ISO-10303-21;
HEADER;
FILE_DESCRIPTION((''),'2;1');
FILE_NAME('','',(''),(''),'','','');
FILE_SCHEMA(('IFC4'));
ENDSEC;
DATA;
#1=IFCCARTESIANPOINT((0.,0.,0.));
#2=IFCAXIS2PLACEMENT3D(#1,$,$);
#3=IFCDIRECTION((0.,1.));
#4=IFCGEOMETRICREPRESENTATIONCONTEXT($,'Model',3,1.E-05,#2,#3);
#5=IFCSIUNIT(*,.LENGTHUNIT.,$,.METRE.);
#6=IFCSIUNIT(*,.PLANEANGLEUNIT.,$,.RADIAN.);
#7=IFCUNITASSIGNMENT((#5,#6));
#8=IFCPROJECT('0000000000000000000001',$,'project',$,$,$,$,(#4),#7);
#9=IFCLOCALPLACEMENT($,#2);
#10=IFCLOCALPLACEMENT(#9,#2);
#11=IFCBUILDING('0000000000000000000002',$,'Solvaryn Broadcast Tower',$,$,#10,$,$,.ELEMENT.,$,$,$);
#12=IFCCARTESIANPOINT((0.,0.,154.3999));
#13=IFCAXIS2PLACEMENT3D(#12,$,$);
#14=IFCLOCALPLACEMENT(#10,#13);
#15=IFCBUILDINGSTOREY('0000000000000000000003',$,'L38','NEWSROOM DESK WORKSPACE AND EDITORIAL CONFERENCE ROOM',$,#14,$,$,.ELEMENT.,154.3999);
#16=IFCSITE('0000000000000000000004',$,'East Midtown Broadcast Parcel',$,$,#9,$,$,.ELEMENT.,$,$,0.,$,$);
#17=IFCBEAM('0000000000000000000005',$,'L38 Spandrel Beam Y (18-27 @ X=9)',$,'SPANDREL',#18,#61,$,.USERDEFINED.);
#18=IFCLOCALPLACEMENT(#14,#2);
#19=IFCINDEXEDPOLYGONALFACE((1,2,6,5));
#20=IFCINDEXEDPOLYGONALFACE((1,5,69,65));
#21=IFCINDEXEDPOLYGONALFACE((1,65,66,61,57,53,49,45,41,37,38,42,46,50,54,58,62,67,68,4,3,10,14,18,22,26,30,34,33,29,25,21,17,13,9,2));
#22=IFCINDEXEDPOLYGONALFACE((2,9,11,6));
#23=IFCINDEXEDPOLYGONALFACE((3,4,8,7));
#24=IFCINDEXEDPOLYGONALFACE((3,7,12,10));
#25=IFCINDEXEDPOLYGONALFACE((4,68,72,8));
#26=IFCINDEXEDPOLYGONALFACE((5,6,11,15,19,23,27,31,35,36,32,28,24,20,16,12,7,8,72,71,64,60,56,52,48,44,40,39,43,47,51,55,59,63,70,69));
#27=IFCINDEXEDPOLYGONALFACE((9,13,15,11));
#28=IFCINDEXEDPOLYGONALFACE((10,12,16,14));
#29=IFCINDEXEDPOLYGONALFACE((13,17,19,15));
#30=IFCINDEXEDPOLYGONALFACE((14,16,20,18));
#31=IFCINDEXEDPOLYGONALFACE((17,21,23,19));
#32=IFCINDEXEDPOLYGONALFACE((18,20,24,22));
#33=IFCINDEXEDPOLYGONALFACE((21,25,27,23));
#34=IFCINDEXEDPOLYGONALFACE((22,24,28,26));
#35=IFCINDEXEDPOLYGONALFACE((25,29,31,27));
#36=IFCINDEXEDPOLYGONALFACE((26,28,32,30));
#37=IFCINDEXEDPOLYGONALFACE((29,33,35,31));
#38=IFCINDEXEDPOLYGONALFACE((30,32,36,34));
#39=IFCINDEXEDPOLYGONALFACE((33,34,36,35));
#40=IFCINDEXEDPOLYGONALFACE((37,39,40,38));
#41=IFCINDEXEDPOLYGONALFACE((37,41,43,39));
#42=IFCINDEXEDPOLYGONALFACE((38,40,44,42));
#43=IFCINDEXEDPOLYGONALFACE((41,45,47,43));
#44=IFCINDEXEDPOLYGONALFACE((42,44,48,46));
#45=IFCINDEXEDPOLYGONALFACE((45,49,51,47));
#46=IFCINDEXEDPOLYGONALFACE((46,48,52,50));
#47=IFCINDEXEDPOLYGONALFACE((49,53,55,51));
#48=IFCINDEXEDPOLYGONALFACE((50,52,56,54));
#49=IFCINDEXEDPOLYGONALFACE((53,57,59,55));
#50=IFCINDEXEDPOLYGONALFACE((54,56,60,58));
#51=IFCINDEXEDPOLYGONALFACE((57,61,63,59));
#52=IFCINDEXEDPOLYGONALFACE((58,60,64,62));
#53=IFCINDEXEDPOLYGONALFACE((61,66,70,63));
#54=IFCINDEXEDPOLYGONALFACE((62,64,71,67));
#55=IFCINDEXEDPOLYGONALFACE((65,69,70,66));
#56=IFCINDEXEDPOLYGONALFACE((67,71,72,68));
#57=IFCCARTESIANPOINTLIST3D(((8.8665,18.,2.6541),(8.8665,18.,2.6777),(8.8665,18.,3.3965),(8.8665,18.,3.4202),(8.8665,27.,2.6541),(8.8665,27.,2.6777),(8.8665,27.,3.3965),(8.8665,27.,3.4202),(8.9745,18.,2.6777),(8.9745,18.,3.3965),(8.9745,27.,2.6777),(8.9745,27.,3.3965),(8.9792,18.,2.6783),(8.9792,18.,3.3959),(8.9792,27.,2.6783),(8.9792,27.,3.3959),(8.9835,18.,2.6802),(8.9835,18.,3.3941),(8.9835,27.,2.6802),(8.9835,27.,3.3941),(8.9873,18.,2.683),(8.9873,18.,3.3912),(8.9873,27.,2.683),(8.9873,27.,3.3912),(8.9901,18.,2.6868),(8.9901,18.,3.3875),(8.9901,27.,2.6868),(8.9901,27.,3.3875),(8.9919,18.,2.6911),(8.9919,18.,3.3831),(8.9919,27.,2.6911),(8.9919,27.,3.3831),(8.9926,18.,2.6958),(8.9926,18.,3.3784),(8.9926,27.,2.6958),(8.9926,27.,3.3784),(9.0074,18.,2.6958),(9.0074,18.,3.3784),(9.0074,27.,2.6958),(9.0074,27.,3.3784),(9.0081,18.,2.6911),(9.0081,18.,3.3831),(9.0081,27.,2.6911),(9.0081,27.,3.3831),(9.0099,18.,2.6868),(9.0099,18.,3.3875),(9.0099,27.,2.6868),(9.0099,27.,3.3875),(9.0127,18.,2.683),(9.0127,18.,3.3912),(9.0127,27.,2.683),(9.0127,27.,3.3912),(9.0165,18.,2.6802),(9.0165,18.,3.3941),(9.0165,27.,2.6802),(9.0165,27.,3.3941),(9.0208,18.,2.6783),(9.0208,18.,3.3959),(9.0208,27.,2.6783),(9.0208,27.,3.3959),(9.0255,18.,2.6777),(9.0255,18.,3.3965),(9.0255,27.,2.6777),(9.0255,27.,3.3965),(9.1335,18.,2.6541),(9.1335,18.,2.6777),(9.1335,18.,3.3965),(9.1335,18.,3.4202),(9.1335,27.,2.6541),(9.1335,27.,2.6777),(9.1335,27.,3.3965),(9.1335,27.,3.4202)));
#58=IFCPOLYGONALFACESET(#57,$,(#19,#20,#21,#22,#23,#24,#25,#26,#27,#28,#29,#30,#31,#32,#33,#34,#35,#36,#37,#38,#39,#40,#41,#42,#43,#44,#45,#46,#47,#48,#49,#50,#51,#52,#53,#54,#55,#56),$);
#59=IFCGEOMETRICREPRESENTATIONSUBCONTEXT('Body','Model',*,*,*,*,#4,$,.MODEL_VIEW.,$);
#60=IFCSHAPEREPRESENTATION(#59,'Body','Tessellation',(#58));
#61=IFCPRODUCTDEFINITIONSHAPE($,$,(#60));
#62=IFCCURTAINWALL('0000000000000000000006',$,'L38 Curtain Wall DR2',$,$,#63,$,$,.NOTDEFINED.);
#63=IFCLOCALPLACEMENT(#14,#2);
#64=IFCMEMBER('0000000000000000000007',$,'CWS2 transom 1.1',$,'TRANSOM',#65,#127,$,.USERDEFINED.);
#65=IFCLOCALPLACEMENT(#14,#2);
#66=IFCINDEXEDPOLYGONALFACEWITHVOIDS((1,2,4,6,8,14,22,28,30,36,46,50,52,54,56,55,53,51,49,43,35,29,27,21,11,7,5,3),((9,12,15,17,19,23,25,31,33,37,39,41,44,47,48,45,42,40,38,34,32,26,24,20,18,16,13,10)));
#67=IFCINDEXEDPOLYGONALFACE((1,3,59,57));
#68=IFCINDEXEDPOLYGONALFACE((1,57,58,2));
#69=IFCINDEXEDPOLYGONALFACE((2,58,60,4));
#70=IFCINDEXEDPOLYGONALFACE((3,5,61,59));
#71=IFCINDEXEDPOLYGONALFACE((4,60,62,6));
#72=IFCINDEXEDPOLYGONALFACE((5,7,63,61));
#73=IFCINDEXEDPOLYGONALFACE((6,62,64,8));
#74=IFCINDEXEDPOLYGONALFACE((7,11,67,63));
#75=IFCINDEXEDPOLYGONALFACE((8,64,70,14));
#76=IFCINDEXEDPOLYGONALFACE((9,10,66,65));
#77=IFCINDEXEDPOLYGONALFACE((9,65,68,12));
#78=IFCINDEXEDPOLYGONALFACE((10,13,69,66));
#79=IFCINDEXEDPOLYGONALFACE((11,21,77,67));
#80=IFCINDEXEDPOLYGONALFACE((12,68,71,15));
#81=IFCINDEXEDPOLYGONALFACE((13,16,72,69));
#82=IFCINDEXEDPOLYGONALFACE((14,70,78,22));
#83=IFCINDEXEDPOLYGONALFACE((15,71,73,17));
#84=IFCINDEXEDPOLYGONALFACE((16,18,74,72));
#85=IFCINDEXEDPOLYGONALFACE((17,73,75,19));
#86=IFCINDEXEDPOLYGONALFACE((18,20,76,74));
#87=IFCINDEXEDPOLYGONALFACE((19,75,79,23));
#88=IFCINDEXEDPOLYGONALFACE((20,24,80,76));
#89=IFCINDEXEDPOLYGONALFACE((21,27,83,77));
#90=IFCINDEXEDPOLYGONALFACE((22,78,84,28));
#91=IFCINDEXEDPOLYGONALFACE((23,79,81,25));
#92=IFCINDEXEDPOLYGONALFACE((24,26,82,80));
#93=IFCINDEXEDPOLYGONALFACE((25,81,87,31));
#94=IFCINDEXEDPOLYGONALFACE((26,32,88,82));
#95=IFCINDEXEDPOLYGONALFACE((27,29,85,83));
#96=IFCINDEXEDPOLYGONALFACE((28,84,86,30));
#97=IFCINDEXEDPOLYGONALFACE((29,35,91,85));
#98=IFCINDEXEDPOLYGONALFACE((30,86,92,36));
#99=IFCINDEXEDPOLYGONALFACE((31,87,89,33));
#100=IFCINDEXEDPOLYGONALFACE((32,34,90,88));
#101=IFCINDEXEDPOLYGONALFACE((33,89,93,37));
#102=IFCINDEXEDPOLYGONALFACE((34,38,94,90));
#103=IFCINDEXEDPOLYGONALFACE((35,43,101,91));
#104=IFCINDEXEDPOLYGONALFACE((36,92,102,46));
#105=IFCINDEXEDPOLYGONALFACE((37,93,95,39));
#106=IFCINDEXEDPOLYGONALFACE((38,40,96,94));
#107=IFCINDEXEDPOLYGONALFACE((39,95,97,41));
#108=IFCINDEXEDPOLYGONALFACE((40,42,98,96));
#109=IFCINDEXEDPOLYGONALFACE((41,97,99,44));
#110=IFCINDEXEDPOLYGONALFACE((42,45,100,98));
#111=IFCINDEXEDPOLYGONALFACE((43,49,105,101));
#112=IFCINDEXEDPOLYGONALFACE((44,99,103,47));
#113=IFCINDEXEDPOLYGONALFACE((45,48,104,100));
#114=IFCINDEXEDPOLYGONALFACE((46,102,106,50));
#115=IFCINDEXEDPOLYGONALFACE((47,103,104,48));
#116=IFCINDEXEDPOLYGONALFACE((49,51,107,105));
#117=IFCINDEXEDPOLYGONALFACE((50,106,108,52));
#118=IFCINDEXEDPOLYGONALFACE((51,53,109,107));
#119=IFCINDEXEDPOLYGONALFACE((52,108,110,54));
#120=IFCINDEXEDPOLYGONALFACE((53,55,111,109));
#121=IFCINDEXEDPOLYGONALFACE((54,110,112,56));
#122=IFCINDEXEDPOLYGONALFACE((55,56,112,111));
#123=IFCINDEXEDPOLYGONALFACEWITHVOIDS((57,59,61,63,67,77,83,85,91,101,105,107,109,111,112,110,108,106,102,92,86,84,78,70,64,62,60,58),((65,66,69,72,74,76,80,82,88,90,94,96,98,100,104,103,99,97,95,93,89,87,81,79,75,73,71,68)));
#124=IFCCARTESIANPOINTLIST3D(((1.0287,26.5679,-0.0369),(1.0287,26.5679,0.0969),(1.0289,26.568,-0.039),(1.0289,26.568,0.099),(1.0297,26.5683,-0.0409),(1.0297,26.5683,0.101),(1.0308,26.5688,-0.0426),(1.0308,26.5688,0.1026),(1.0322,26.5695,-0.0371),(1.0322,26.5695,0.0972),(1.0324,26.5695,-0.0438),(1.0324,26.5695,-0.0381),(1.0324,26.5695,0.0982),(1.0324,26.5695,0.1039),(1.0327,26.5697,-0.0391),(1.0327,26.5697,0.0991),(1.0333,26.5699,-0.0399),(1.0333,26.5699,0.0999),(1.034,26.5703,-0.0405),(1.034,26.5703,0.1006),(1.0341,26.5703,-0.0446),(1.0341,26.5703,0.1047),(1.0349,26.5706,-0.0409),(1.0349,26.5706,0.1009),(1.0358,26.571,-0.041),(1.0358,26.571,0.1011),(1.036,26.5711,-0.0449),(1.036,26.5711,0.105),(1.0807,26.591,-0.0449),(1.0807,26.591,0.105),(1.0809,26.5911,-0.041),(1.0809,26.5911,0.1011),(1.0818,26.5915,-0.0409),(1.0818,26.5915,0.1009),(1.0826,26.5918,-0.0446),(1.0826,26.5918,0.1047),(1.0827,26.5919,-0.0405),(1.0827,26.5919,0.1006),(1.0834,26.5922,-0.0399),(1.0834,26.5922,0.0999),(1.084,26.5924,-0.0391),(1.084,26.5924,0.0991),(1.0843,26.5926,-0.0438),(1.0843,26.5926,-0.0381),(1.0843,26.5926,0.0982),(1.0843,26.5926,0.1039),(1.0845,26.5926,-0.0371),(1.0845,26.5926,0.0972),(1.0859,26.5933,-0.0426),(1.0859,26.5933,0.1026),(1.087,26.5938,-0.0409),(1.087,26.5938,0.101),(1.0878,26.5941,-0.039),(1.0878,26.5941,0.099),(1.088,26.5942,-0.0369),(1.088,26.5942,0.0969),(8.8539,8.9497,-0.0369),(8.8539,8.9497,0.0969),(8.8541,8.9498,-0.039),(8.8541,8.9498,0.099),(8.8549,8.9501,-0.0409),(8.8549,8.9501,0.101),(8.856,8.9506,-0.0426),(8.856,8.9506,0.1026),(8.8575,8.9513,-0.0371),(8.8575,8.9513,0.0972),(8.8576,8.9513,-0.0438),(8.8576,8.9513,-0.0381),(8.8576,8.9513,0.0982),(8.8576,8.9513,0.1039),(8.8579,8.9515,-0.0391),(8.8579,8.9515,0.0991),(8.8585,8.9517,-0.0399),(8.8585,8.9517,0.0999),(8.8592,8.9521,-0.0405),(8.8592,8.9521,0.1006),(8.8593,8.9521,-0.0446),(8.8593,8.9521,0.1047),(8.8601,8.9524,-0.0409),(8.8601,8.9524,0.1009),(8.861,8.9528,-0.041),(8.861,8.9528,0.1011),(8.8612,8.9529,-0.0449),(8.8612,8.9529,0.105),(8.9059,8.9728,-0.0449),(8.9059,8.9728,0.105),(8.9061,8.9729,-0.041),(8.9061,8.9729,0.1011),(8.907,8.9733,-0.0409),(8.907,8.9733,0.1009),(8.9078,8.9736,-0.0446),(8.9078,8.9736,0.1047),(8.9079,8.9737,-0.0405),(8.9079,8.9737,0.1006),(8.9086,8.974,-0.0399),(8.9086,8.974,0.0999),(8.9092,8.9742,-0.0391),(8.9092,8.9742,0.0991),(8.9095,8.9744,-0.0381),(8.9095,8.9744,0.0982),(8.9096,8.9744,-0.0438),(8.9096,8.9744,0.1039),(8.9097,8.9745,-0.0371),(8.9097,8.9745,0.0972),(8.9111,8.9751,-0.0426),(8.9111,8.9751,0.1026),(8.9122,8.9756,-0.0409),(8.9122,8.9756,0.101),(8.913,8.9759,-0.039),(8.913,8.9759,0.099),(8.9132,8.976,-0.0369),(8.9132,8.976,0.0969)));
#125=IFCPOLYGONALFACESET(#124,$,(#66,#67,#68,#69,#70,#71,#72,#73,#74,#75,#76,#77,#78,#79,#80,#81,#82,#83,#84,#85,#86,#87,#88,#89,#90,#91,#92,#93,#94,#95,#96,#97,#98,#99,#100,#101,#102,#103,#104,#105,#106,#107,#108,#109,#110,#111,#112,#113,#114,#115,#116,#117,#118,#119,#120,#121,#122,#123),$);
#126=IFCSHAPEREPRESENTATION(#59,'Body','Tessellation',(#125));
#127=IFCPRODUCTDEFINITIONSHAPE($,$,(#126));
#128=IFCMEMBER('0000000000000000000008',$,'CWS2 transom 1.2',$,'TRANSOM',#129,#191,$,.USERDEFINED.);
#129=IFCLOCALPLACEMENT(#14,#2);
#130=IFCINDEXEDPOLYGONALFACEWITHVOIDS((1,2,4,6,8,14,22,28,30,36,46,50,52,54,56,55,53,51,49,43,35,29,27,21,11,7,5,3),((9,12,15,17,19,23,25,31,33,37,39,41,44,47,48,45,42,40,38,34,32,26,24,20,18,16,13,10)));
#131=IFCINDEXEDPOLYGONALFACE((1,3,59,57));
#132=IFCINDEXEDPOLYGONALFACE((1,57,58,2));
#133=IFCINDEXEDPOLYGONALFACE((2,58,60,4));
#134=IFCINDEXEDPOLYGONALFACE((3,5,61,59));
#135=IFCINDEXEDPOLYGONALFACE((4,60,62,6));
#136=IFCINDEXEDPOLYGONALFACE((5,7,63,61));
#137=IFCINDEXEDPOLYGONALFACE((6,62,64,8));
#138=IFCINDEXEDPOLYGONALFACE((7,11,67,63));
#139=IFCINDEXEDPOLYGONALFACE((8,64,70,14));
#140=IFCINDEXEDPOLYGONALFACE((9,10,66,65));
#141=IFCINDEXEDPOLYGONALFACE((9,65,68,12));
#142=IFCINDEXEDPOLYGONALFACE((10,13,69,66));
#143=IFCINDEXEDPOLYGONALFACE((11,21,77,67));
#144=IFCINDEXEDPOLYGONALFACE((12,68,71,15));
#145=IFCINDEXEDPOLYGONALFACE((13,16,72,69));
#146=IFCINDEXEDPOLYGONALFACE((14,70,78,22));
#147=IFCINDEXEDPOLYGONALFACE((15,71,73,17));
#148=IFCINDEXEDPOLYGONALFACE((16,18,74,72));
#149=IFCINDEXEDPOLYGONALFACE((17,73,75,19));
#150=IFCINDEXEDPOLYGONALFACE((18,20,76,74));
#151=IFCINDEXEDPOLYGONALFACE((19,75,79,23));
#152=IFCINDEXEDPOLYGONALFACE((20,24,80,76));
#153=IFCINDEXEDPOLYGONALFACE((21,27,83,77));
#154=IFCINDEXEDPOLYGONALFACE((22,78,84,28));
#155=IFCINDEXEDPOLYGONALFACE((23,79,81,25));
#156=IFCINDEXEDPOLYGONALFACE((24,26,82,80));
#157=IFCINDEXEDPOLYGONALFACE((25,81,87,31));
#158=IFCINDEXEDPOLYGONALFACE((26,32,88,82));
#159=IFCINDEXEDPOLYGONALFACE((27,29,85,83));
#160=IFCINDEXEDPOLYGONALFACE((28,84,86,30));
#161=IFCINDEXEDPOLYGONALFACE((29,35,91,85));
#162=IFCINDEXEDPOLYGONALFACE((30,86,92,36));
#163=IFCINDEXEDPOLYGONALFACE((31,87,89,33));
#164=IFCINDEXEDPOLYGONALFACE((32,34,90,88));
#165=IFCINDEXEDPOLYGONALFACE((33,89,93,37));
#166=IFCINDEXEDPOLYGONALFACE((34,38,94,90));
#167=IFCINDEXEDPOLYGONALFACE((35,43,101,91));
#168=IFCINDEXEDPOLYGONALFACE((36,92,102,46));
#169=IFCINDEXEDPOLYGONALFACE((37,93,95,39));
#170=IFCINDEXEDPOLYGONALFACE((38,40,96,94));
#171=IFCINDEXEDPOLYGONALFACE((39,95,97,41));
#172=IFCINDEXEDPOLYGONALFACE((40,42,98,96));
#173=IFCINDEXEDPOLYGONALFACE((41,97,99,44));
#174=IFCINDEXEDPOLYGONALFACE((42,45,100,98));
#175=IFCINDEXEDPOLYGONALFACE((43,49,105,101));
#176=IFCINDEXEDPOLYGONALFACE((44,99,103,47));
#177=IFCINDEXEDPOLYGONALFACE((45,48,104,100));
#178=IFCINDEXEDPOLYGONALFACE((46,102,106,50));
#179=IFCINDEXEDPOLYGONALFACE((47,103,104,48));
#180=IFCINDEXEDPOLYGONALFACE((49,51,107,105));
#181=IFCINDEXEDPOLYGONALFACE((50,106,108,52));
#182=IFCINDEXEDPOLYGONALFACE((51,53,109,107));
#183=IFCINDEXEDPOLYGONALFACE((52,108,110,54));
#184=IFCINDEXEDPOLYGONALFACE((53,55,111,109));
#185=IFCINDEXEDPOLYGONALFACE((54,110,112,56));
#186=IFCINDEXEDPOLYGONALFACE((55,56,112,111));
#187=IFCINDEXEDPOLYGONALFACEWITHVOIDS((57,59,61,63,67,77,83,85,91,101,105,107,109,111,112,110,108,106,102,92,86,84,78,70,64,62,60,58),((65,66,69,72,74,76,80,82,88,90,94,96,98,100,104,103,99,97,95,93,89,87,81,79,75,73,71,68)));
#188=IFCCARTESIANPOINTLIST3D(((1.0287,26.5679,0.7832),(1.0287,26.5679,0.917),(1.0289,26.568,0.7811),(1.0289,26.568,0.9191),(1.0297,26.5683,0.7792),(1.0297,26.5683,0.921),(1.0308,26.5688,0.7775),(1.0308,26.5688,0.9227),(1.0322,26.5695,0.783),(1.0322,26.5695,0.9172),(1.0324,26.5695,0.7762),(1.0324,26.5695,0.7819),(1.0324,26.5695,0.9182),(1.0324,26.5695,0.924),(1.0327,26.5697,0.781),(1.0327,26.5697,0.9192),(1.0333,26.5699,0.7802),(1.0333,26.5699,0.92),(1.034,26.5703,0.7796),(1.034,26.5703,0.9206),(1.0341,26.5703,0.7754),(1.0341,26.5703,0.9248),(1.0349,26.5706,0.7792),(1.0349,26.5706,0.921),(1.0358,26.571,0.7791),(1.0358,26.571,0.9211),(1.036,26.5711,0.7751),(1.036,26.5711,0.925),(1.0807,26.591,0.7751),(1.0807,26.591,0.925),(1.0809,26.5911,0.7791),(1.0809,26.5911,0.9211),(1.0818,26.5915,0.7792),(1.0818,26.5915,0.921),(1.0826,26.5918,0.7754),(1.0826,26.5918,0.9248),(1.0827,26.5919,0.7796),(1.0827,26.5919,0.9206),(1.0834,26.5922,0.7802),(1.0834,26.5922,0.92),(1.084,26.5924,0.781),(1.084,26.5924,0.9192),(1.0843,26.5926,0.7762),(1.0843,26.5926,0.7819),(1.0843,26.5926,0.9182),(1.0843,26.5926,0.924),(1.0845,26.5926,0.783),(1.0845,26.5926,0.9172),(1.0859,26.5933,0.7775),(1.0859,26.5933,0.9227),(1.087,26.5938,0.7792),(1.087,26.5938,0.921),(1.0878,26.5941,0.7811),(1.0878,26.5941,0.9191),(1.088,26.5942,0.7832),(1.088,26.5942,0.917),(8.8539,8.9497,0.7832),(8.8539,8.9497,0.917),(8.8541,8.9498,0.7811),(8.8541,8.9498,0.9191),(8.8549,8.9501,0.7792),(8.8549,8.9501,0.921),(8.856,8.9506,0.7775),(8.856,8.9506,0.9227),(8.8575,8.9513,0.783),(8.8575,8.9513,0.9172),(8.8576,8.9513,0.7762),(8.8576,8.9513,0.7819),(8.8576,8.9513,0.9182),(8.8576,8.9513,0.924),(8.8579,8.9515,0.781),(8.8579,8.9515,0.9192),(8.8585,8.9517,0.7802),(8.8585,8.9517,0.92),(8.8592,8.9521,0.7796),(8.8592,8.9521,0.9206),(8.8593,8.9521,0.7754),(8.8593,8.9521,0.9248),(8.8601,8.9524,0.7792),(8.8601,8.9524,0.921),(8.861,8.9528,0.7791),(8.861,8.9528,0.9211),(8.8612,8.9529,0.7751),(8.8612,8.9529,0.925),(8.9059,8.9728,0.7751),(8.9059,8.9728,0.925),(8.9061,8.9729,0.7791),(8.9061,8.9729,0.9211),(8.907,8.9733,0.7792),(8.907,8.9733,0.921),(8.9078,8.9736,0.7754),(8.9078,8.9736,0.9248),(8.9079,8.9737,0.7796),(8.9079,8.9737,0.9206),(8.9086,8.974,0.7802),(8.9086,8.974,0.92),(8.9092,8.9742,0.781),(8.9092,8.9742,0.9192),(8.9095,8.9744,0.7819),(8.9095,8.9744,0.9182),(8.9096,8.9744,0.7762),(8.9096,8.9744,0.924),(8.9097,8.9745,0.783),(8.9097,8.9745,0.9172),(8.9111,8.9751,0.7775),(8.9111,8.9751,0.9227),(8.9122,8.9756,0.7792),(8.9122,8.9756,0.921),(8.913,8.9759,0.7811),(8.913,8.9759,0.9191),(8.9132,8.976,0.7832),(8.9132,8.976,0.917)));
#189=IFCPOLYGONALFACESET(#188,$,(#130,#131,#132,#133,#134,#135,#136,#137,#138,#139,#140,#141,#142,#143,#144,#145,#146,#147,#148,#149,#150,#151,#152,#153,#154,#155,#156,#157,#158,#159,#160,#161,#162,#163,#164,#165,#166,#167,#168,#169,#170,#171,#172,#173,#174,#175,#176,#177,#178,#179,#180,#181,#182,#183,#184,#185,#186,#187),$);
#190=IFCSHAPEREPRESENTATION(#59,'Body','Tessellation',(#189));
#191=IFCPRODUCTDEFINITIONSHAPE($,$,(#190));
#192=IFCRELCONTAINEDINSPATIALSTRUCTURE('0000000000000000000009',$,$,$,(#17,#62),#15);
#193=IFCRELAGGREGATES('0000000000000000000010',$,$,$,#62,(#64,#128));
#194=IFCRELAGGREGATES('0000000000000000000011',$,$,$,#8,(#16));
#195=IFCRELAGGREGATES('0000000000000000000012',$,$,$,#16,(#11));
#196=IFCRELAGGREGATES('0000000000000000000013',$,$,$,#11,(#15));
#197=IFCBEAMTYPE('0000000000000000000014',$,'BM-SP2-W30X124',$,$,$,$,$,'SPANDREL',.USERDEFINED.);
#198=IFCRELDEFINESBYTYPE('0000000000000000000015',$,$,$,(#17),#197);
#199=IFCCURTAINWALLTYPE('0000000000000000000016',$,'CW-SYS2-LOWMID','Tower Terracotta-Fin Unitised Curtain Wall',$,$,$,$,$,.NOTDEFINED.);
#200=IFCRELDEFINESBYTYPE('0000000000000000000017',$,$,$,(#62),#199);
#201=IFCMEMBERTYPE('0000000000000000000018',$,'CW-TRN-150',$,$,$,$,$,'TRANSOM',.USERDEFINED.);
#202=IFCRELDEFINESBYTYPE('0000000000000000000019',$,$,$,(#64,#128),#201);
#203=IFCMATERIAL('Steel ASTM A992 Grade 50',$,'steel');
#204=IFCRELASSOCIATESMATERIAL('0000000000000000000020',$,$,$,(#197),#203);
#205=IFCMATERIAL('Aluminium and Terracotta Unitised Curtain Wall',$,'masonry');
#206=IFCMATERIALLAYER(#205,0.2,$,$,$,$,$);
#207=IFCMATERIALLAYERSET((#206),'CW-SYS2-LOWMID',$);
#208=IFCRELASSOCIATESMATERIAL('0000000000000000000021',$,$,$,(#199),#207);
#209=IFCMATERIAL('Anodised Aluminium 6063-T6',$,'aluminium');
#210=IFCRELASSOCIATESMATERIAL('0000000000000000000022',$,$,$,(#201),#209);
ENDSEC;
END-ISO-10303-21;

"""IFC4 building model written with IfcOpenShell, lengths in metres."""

from ifc_helpers import new_model, si_unit, direction, frame, origin, origin_2d, place, context, subcontext, project, spatial, hollow_rectangle, i_section, extrude, material, layer, layer_set, material_profile, profile_set, type_object, element, aggregate, save


model = new_model("IFC4")

# Units and contexts
model_context = context("Model", 3, precision=1e-05, world=origin(), true_north=direction((0.0, 1.0)))
body_context = subcontext(model_context, "Body", "Model", "MODEL_VIEW")
ifc_project = project(units=[si_unit("LENGTHUNIT", "METRE"), si_unit("PLANEANGLEUNIT", "RADIAN")], contexts=[model_context])

# Site, building, storey
site_placement = place(None, origin())
site = spatial("IfcSite", under=ifc_project, at=site_placement, Name="East Midtown Broadcast Parcel", CompositionType="ELEMENT", RefElevation=0.0)
building_placement = place(site_placement, origin())
building = spatial("IfcBuilding", under=site, at=building_placement, Name="Solvaryn Broadcast Tower", CompositionType="ELEMENT")
storey_placement = place(building_placement, frame((0.0, 0.0, 154.3999)))
storey = spatial("IfcBuildingStorey", under=building, at=storey_placement, Name="L38", Description="NEWSROOM DESK WORKSPACE AND EDITORIAL CONFERENCE ROOM", CompositionType="ELEMENT", Elevation=154.3999)

# Beam
ifc_material_1 = material(Name="Steel ASTM A992 Grade 50", Category="steel")
ifc_material_profile_1 = material_profile(ifc_material_1, i_section(OverallWidth=0.2671, OverallDepth=0.7661, WebThickness=0.0149, FlangeThickness=0.0237, FilletRadius=0.0181, at=origin_2d()))
ifc_profile_set_1 = profile_set([ifc_material_profile_1], Name="Steel ASTM A992 Grade 50")
beam_type_1 = type_object("IfcBeamType", Name="BM-SP2-W30X124", ElementType="SPANDREL", PredefinedType="USERDEFINED", material=ifc_profile_set_1)
beam_1_placement = place(storey_placement, frame((9.0, 18.0, 3.0371), z_axis=(0.0, 1.0, 0.0), x_axis=(-1.0, 0.0, 0.0)))
element("IfcBeam", 1, at=beam_1_placement, inside=storey, type_object=beam_type_1, Name="L38 Spandrel Beam Y (18-27 @ X=9)", ObjectType="SPANDREL", PredefinedType="USERDEFINED", context=body_context, shape_type="SweptSolid", body=[
    extrude(i_section(OverallWidth=0.2671, OverallDepth=0.7661, WebThickness=0.0149, FlangeThickness=0.0237, FilletRadius=0.0181, at=origin_2d()), origin(), (0.0, 0.0, 1.0), 9.0),
])

# Curtain wall, members
ifc_material_2 = material(Name="Aluminium and Terracotta Unitised Curtain Wall", Category="masonry")
ifc_layer_1 = layer(ifc_material_2, 0.2)
ifc_layer_set_1 = layer_set([ifc_layer_1], Name="CW-SYS2-LOWMID")
curtain_wall_type = type_object("IfcCurtainWallType", Name="CW-SYS2-LOWMID", Description="Tower Terracotta-Fin Unitised Curtain Wall", PredefinedType="NOTDEFINED", material=ifc_layer_set_1)
curtain_wall_placement = place(storey_placement, origin())
curtain_wall = element("IfcCurtainWall", 2, at=curtain_wall_placement, inside=storey, type_object=curtain_wall_type, Name="L38 Curtain Wall DR2", PredefinedType="NOTDEFINED")
ifc_material_3 = material(Name="Anodised Aluminium 6063-T6", Category="aluminium")
ifc_material_profile_2 = material_profile(ifc_material_3, hollow_rectangle(XDim=0.0649, YDim=0.1499, WallThickness=0.0039, InnerFilletRadius=0.0039, OuterFilletRadius=0.0081, at=origin_2d()))
ifc_profile_set_2 = profile_set([ifc_material_profile_2], Name="Anodised Aluminium 6063-T6")
member_type = type_object("IfcMemberType", Name="CW-TRN-150", ElementType="TRANSOM", PredefinedType="USERDEFINED", material=ifc_profile_set_2)
member_1_placement = place(storey_placement, frame((1.0583, 26.5811, 0.03), z_axis=(0.405918, -0.91391, 0.0), x_axis=(0.91391, 0.405918, 0.0)))
member_1 = element("IfcMember", 3, at=member_1_placement, type_object=member_type, Name="CWS2 transom 1.1", ObjectType="TRANSOM", PredefinedType="USERDEFINED", context=body_context, shape_type="SweptSolid", body=[
    extrude(hollow_rectangle(XDim=0.0649, YDim=0.1499, WallThickness=0.0039, InnerFilletRadius=0.0039, OuterFilletRadius=0.0081, at=origin_2d()), origin(), (0.0, 0.0, 1.0), 19.2778),
])
member_2_placement = place(storey_placement, frame((1.0583, 26.5811, 0.8501), z_axis=(0.405918, -0.91391, 0.0), x_axis=(0.91391, 0.405918, 0.0)))
member_2 = element("IfcMember", 4, at=member_2_placement, type_object=member_type, Name="CWS2 transom 1.2", ObjectType="TRANSOM", PredefinedType="USERDEFINED", context=body_context, shape_type="SweptSolid", body=[
    extrude(hollow_rectangle(XDim=0.0649, YDim=0.1499, WallThickness=0.0039, InnerFilletRadius=0.0039, OuterFilletRadius=0.0081, at=origin_2d()), origin(), (0.0, 0.0, 1.0), 19.2778),
])
aggregate(curtain_wall, [member_1, member_2])

save(model, "model.ifc")
